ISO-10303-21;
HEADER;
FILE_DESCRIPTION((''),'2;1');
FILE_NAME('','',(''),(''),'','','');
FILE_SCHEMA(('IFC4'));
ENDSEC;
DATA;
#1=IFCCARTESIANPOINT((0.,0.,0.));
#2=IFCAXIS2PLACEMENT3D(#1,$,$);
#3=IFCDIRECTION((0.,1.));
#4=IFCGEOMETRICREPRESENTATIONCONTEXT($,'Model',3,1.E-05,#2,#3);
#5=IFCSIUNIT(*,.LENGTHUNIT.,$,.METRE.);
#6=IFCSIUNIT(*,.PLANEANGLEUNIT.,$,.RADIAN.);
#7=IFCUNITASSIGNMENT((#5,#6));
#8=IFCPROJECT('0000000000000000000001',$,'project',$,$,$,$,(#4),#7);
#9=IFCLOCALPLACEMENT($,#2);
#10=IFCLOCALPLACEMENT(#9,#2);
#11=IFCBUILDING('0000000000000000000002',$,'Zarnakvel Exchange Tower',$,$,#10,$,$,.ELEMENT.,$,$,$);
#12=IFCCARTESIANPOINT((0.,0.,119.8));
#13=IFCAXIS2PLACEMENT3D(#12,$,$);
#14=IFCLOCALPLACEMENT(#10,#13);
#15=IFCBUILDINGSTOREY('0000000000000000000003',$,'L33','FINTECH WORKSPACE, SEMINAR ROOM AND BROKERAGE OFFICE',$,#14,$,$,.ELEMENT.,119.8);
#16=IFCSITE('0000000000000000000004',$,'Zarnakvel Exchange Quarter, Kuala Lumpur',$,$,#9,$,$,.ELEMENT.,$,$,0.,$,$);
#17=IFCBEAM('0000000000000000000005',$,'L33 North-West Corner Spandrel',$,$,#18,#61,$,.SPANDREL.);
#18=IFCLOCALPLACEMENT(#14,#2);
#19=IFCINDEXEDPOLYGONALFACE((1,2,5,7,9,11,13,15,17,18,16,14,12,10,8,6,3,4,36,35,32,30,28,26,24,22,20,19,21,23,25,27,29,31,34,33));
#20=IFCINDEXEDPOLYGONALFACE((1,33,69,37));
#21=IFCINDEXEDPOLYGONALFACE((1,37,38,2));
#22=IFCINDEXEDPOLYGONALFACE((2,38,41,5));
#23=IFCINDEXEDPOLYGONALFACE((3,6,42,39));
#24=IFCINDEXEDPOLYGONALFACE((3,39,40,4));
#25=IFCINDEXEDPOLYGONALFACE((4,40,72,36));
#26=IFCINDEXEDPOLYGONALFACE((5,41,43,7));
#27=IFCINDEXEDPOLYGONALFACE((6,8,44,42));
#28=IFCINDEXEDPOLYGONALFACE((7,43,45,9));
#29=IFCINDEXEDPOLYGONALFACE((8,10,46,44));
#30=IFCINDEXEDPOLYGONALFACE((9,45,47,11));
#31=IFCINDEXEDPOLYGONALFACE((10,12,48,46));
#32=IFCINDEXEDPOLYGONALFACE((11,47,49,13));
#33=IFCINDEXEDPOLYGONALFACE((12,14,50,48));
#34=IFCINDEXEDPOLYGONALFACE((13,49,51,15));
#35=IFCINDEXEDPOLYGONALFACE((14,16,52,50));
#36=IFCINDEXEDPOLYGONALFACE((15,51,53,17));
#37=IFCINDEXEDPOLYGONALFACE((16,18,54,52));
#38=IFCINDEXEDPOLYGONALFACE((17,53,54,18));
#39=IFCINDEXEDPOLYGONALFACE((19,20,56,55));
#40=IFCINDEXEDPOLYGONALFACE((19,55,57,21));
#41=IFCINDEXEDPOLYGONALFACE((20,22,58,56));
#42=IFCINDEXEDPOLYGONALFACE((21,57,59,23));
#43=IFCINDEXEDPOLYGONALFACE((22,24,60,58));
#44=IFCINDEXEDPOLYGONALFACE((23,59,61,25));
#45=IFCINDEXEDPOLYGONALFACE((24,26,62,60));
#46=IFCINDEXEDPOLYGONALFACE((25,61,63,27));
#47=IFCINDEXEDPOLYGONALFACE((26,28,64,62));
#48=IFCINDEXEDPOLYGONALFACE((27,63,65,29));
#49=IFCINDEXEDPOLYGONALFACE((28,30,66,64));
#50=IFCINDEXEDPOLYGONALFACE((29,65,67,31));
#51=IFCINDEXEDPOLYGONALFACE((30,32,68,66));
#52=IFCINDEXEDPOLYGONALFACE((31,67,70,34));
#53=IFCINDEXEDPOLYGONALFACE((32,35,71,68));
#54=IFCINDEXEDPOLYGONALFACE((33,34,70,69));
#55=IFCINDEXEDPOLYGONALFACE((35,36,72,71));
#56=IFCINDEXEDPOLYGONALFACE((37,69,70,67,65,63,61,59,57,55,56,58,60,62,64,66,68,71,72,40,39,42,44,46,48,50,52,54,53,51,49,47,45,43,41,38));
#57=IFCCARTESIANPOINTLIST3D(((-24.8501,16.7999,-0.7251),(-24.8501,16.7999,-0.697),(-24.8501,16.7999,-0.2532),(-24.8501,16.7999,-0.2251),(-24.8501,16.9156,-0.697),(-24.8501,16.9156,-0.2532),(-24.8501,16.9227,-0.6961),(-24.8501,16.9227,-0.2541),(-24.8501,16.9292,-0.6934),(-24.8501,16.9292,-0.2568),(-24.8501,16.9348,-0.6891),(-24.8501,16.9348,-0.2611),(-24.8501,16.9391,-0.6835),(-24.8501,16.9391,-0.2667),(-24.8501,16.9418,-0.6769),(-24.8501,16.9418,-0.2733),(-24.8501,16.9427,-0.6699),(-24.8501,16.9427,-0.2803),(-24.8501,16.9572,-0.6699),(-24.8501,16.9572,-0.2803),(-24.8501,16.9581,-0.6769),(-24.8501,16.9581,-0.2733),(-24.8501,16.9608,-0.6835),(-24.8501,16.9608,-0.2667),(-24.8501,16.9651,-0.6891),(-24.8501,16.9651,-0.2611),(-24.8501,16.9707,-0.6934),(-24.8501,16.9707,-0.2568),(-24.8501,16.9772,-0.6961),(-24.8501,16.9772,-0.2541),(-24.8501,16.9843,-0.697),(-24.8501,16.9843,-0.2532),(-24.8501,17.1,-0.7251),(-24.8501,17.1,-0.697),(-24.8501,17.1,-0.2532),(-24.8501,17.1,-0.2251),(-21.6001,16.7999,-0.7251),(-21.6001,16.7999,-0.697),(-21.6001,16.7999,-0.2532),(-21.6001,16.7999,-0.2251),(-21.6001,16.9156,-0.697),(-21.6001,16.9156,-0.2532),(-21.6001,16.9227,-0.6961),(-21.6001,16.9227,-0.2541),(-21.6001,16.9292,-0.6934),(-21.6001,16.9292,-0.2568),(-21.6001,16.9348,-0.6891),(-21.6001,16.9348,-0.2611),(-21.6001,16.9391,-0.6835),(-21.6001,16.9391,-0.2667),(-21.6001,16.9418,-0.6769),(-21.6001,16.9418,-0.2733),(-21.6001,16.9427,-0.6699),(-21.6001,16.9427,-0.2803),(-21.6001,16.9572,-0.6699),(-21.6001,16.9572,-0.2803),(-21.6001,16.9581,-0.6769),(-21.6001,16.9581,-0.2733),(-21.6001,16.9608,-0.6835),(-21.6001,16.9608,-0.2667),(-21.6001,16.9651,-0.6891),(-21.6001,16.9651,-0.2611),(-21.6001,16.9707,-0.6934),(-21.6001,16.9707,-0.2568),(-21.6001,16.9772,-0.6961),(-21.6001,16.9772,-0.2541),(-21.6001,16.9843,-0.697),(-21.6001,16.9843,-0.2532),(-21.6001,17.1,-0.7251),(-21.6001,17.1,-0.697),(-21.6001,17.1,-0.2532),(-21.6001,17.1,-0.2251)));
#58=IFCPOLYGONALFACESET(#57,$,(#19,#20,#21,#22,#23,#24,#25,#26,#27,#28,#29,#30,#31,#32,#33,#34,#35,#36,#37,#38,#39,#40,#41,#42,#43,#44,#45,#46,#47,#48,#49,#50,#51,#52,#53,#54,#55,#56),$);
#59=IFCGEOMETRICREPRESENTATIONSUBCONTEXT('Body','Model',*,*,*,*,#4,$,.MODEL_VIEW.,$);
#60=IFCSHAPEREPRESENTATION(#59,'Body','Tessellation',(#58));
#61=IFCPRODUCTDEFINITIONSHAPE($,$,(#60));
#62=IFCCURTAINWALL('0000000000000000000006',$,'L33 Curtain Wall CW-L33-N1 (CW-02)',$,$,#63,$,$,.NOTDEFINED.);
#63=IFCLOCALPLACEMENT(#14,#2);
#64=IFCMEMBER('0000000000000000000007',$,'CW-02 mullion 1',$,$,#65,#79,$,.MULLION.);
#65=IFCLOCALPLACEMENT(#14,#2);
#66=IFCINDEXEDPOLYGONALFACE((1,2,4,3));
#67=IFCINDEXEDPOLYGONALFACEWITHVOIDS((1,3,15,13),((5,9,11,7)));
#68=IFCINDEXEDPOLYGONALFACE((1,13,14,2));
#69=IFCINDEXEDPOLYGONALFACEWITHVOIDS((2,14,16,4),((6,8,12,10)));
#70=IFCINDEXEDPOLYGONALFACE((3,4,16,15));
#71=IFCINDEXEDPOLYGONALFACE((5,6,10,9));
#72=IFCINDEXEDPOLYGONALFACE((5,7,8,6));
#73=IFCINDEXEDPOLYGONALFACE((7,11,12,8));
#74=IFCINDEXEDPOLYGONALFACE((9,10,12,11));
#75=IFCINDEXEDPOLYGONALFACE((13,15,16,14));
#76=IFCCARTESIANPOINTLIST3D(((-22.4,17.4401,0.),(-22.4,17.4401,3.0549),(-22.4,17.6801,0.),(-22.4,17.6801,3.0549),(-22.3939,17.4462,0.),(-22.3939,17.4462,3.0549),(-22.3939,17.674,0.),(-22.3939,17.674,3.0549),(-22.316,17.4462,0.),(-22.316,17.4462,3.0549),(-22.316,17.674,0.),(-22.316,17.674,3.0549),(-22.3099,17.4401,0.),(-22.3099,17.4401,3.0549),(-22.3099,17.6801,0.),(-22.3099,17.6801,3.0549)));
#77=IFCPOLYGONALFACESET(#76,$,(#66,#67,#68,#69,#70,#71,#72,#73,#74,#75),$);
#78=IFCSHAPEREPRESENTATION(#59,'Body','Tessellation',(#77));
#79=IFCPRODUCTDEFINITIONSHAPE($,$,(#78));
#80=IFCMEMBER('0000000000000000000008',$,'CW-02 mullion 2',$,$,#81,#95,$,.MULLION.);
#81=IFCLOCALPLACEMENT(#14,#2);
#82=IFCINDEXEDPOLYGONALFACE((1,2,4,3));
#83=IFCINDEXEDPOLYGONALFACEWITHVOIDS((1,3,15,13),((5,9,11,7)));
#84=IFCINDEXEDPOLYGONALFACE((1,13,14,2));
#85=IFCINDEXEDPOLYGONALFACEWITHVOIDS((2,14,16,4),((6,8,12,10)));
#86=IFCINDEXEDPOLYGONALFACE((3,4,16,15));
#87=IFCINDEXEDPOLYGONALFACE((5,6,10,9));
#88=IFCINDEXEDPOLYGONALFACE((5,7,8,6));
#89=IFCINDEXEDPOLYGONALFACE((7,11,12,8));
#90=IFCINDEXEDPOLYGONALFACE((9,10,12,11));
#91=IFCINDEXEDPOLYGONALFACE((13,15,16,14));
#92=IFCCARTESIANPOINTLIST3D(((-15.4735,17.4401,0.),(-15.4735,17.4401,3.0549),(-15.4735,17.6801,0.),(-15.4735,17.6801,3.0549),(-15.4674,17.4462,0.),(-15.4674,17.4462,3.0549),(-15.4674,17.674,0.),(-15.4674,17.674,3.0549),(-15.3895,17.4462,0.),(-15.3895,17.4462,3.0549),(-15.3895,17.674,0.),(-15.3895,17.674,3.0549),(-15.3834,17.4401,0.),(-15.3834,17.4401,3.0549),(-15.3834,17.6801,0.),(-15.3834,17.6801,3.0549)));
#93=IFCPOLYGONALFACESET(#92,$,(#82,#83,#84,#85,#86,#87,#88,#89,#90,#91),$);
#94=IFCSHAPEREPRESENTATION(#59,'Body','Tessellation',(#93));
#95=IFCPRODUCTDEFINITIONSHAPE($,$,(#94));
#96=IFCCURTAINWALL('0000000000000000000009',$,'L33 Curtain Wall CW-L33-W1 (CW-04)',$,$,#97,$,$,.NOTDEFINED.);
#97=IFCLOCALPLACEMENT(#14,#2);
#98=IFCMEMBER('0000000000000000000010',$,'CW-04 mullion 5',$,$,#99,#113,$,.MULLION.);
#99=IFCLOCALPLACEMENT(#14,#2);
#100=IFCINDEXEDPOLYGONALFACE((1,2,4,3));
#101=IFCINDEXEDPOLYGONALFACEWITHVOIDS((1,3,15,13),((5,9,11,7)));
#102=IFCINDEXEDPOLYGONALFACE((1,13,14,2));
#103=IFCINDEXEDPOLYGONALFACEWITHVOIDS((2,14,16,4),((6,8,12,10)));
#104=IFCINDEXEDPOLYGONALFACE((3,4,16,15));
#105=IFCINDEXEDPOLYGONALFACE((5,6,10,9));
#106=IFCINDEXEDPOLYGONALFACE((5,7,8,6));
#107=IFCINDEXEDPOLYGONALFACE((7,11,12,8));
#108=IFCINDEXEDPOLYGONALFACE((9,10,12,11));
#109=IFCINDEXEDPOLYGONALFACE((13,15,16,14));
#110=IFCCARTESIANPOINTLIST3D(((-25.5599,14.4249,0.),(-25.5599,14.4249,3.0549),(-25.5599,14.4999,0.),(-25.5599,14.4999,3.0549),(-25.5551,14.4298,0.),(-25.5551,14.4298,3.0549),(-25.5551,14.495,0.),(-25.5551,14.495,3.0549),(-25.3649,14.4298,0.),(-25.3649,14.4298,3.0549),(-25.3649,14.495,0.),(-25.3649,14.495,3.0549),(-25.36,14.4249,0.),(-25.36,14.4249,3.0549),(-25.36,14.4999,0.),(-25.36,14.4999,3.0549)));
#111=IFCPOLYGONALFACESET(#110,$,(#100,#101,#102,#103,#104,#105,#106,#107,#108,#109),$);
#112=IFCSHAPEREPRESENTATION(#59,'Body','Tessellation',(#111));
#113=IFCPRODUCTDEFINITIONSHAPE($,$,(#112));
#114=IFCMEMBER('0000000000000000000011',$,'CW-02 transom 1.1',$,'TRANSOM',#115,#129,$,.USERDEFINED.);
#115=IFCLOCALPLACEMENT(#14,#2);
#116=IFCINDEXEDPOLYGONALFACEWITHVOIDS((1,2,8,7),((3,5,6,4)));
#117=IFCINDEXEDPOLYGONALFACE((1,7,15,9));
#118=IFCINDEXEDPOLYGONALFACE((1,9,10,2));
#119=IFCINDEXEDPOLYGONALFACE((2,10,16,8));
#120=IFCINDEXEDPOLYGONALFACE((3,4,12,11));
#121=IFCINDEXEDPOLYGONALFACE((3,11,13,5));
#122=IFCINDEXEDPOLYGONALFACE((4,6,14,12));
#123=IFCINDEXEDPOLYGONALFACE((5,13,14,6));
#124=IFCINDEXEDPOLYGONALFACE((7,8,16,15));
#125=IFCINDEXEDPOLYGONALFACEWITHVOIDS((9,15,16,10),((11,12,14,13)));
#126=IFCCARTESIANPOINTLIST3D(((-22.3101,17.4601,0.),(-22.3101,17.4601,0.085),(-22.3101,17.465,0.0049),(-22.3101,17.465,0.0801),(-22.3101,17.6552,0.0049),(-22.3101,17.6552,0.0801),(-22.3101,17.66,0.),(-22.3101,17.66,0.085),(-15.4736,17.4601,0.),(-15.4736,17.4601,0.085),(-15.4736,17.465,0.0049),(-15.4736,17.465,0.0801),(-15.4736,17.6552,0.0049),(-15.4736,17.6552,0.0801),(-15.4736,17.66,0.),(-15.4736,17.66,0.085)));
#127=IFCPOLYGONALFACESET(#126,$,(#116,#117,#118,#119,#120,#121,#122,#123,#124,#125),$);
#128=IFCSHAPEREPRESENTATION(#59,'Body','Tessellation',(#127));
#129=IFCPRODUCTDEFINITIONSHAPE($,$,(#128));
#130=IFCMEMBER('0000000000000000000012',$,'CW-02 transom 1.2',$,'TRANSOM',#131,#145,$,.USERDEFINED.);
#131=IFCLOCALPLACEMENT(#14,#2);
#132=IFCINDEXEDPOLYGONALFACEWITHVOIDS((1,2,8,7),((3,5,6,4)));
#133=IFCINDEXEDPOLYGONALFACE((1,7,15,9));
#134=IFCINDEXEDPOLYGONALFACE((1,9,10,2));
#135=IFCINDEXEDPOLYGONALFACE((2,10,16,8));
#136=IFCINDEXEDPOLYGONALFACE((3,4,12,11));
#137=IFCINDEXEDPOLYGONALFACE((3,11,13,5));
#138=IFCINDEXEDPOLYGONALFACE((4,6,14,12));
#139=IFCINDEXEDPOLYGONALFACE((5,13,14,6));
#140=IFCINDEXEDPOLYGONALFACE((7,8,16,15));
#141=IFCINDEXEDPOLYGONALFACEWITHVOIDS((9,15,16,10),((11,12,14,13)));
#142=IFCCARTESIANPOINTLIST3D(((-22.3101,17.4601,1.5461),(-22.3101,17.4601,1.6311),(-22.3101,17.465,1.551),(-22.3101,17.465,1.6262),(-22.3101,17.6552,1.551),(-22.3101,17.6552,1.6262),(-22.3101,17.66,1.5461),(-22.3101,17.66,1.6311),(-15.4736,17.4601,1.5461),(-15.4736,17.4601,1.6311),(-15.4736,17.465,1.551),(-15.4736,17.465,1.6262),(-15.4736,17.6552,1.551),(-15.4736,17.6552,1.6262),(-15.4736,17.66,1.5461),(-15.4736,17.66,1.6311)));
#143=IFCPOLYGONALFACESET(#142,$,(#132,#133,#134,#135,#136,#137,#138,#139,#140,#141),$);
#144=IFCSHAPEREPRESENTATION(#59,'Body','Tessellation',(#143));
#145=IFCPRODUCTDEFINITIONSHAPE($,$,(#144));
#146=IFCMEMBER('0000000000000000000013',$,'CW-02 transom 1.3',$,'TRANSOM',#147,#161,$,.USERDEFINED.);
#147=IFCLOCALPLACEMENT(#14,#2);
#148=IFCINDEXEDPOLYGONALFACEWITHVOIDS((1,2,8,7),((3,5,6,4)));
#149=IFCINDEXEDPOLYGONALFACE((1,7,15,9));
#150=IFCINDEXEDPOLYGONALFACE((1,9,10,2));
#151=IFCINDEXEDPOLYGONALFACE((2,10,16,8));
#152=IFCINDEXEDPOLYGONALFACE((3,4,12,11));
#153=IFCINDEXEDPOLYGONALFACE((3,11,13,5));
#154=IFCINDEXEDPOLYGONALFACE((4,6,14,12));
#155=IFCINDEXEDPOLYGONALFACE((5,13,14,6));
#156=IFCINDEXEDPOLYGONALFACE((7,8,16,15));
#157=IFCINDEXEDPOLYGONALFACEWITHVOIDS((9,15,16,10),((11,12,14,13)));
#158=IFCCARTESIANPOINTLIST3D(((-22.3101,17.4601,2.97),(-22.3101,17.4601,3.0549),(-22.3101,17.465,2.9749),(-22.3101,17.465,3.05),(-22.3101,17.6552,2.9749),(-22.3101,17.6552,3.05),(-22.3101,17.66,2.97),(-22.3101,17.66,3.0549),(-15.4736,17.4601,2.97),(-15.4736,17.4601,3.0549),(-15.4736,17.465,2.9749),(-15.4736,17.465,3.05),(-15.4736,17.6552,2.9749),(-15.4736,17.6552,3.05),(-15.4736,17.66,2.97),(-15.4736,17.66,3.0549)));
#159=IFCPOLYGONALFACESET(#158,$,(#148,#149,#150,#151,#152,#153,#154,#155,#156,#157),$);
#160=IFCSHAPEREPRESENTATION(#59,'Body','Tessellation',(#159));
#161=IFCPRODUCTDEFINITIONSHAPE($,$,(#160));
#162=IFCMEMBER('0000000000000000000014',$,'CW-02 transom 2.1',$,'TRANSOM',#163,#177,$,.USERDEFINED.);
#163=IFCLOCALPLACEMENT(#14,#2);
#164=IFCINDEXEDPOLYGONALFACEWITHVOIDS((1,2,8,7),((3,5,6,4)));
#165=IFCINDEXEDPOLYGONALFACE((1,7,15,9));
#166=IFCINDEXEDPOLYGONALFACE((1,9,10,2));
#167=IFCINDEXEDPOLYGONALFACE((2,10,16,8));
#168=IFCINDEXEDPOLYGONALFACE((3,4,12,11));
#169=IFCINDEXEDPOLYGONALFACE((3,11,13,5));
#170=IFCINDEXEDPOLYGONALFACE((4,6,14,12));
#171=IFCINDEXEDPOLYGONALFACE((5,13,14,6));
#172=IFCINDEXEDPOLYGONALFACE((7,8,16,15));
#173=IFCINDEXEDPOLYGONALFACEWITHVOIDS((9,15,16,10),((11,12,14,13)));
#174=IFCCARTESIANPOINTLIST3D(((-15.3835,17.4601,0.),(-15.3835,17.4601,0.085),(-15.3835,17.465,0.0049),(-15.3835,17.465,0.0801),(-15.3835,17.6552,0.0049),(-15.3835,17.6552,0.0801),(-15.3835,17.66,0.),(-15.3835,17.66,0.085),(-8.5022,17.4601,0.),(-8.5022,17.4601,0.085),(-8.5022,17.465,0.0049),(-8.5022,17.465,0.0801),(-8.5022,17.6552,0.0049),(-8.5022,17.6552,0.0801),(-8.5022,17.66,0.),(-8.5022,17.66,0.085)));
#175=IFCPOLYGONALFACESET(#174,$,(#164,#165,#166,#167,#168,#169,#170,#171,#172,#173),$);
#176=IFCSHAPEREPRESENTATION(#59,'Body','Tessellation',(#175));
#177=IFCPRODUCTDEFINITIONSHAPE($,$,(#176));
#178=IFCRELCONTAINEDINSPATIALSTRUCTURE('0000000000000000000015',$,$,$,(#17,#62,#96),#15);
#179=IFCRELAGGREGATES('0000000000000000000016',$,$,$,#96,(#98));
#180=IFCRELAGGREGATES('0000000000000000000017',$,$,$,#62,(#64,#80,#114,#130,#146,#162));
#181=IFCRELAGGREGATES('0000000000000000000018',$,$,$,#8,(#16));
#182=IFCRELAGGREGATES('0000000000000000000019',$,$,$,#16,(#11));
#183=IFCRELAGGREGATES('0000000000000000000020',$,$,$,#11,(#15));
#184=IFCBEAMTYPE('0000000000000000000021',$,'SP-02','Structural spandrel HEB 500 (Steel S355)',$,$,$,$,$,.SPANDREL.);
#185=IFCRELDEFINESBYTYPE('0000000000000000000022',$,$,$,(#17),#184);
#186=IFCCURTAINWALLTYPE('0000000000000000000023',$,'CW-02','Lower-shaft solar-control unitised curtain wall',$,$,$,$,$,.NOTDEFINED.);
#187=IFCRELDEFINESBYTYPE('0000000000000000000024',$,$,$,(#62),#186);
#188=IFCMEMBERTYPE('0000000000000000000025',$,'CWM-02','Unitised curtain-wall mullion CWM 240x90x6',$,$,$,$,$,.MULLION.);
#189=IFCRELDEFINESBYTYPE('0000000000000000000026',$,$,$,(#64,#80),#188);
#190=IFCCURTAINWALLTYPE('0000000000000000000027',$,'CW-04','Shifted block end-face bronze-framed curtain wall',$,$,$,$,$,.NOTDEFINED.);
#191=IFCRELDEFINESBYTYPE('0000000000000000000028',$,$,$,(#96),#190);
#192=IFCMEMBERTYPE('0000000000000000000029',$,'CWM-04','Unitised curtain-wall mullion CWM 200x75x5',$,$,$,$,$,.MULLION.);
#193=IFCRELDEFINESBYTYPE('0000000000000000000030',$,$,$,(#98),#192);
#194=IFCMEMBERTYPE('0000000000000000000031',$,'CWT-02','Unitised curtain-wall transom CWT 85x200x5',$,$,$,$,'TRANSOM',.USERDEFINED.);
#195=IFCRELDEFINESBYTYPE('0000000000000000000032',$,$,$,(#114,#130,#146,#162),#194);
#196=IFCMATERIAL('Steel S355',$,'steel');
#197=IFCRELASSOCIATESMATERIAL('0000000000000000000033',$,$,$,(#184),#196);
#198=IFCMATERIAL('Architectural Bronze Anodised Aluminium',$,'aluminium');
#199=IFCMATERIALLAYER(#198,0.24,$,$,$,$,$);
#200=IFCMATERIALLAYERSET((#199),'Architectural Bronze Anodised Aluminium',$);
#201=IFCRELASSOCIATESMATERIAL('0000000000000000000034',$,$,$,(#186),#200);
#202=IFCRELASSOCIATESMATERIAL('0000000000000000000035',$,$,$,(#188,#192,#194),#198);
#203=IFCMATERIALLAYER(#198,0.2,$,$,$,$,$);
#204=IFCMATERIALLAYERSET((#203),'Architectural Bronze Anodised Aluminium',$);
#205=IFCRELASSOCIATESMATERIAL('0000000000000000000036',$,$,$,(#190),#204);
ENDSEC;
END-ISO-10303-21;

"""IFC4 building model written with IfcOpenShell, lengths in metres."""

from ifc_helpers import new_model, si_unit, direction, frame, origin, origin_2d, place, context, subcontext, project, spatial, hollow_rectangle, i_section, extrude, source, transform, mapped, material, layer, layer_set, material_profile, profile_set, type_object, element, aggregate, save


model = new_model("IFC4")

# Units and contexts
model_context = context("Model", 3, precision=1e-05, world=origin(), true_north=direction((0.0, 1.0)))
body_context = subcontext(model_context, "Body", "Model", "MODEL_VIEW")
ifc_project = project(units=[si_unit("LENGTHUNIT", "METRE"), si_unit("PLANEANGLEUNIT", "RADIAN")], contexts=[model_context])

# Site, building, storey
site_placement = place(None, origin())
site = spatial("IfcSite", under=ifc_project, at=site_placement, Name="Zarnakvel Exchange Quarter, Kuala Lumpur", CompositionType="ELEMENT", RefElevation=0.0)
building_placement = place(site_placement, origin())
building = spatial("IfcBuilding", under=site, at=building_placement, Name="Zarnakvel Exchange Tower", CompositionType="ELEMENT")
storey_placement = place(building_placement, frame((0.0, 0.0, 119.8)))
storey = spatial("IfcBuildingStorey", under=building, at=storey_placement, Name="L33", Description="FINTECH WORKSPACE, SEMINAR ROOM AND BROKERAGE OFFICE", CompositionType="ELEMENT", Elevation=119.8)

# Beam
ifc_material_1 = material(Name="Steel S355", Category="steel")
ifc_material_profile_1 = material_profile(ifc_material_1, i_section(OverallWidth=0.3, OverallDepth=0.5, WebThickness=0.0144, FlangeThickness=0.0281, FilletRadius=0.0271, at=origin_2d()))
ifc_profile_set_1 = profile_set([ifc_material_profile_1], Name="Steel S355")
beam_type_1 = type_object("IfcBeamType", Name="SP-02", Description="Structural spandrel HEB 500 (Steel S355)", PredefinedType="SPANDREL", material=ifc_profile_set_1)
beam_1_placement = place(storey_placement, frame((-24.8501, 16.95, -0.4751), z_axis=(1.0, 0.0, 0.0), x_axis=(0.0, 1.0, 0.0)))
element("IfcBeam", 1, at=beam_1_placement, inside=storey, type_object=beam_type_1, Name="L33 North-West Corner Spandrel", PredefinedType="SPANDREL", context=body_context, shape_type="SweptSolid", body=[
    extrude(i_section(OverallWidth=0.3, OverallDepth=0.5, WebThickness=0.0144, FlangeThickness=0.0281, FilletRadius=0.0271, at=origin_2d()), origin(), (0.0, 0.0, 1.0), 3.25),
])

# Curtain wall, members
ifc_material_2 = material(Name="Architectural Bronze Anodised Aluminium", Category="aluminium")
ifc_layer_1 = layer(ifc_material_2, 0.24)
ifc_layer_set_1 = layer_set([ifc_layer_1], Name="Architectural Bronze Anodised Aluminium")
curtain_wall_type_1 = type_object("IfcCurtainWallType", Name="CW-02", Description="Lower-shaft solar-control unitised curtain wall", PredefinedType="NOTDEFINED", material=ifc_layer_set_1)
curtain_wall_1_placement = place(storey_placement, origin())
curtain_wall_1 = element("IfcCurtainWall", 2, at=curtain_wall_1_placement, inside=storey, type_object=curtain_wall_type_1, Name="L33 Curtain Wall CW-L33-N1 (CW-02)", PredefinedType="NOTDEFINED")
ifc_material_profile_2 = material_profile(ifc_material_2, hollow_rectangle(XDim=0.24, YDim=0.0901, WallThickness=0.0061, at=origin_2d()))
ifc_profile_set_2 = profile_set([ifc_material_profile_2], Name="Architectural Bronze Anodised Aluminium")
member_type_1 = type_object("IfcMemberType", Name="CWM-02", Description="Unitised curtain-wall mullion CWM 240x90x6", PredefinedType="MULLION", material=ifc_profile_set_2)
shared_shape_1 = source(origin(), body_context, "Body", "SweptSolid", [
    extrude(hollow_rectangle(XDim=0.24, YDim=0.0901, WallThickness=0.0061, at=origin_2d()), origin(), (0.0, 0.0, 1.0), 3.0549),
])
member_1_placement = place(storey_placement, frame((-22.355, 17.5601, 0.0), z_axis=(0.0, 0.0, 1.0), x_axis=(0.0, 1.0, 0.0)))
member_1 = element("IfcMember", 3, at=member_1_placement, type_object=member_type_1, Name="CW-02 mullion 1", PredefinedType="MULLION", context=body_context, shape_type="MappedRepresentation", body=[
    mapped(shared_shape_1, transform((0.0, 0.0, 0.0), x_axis=(1.0, 0.0, 0.0), y_axis=(0.0, 1.0, 0.0), z_axis=(0.0, 0.0, 1.0), scale=1.0)),
])
member_2_placement = place(storey_placement, frame((-15.4285, 17.5601, 0.0), z_axis=(0.0, 0.0, 1.0), x_axis=(0.0, 1.0, 0.0)))
member_2 = element("IfcMember", 4, at=member_2_placement, type_object=member_type_1, Name="CW-02 mullion 2", PredefinedType="MULLION", context=body_context, shape_type="MappedRepresentation", body=[
    mapped(shared_shape_1, transform((0.0, 0.0, 0.0), x_axis=(1.0, 0.0, 0.0), y_axis=(0.0, 1.0, 0.0), z_axis=(0.0, 0.0, 1.0), scale=1.0)),
])

# Curtain wall, member
ifc_layer_2 = layer(ifc_material_2, 0.2)
ifc_layer_set_2 = layer_set([ifc_layer_2], Name="Architectural Bronze Anodised Aluminium")
curtain_wall_type_2 = type_object("IfcCurtainWallType", Name="CW-04", Description="Shifted block end-face bronze-framed curtain wall", PredefinedType="NOTDEFINED", material=ifc_layer_set_2)
curtain_wall_2_placement = place(storey_placement, origin())
curtain_wall_2 = element("IfcCurtainWall", 5, at=curtain_wall_2_placement, inside=storey, type_object=curtain_wall_type_2, Name="L33 Curtain Wall CW-L33-W1 (CW-04)", PredefinedType="NOTDEFINED")
ifc_material_profile_3 = material_profile(ifc_material_2, hollow_rectangle(XDim=0.2, YDim=0.075, WallThickness=0.0049, at=origin_2d()))
ifc_profile_set_3 = profile_set([ifc_material_profile_3], Name="Architectural Bronze Anodised Aluminium")
member_type_2 = type_object("IfcMemberType", Name="CWM-04", Description="Unitised curtain-wall mullion CWM 200x75x5", PredefinedType="MULLION", material=ifc_profile_set_3)
shared_shape_2 = source(origin(), body_context, "Body", "SweptSolid", [
    extrude(hollow_rectangle(XDim=0.2, YDim=0.075, WallThickness=0.0049, at=origin_2d()), origin(), (0.0, 0.0, 1.0), 3.0549),
])
member_3_placement = place(storey_placement, frame((-25.46, 14.4624, 0.0), z_axis=(0.0, 0.0, 1.0), x_axis=(-1.0, 0.0, 0.0)))
member_3 = element("IfcMember", 6, at=member_3_placement, type_object=member_type_2, Name="CW-04 mullion 5", PredefinedType="MULLION", context=body_context, shape_type="MappedRepresentation", body=[
    mapped(shared_shape_2, transform((0.0, 0.0, 0.0), x_axis=(1.0, 0.0, 0.0), y_axis=(0.0, 1.0, 0.0), z_axis=(0.0, 0.0, 1.0), scale=1.0)),
])
aggregate(curtain_wall_2, [member_3])

# Members
ifc_material_profile_4 = material_profile(ifc_material_2, hollow_rectangle(XDim=0.2, YDim=0.085, WallThickness=0.0049, at=origin_2d()))
ifc_profile_set_4 = profile_set([ifc_material_profile_4], Name="Architectural Bronze Anodised Aluminium")
member_type_3 = type_object("IfcMemberType", Name="CWT-02", Description="Unitised curtain-wall transom CWT 85x200x5", ElementType="TRANSOM", PredefinedType="USERDEFINED", material=ifc_profile_set_4)
shared_shape_3 = source(origin(), body_context, "Body", "SweptSolid", [
    extrude(hollow_rectangle(XDim=0.2, YDim=0.085, WallThickness=0.0049, at=origin_2d()), origin(), (0.0, 0.0, 1.0), 6.8364),
])
member_4_placement = place(storey_placement, frame((-22.3101, 17.5601, 0.0425), z_axis=(1.0, 0.0, 0.0), x_axis=(0.0, 1.0, 0.0)))
member_4 = element("IfcMember", 7, at=member_4_placement, type_object=member_type_3, Name="CW-02 transom 1.1", ObjectType="TRANSOM", PredefinedType="USERDEFINED", context=body_context, shape_type="MappedRepresentation", body=[
    mapped(shared_shape_3, transform((0.0, 0.0, 0.0), x_axis=(1.0, 0.0, 0.0), y_axis=(0.0, 1.0, 0.0), z_axis=(0.0, 0.0, 1.0), scale=1.0)),
])
member_5_placement = place(storey_placement, frame((-22.3101, 17.5601, 1.5886), z_axis=(1.0, 0.0, 0.0), x_axis=(0.0, 1.0, 0.0)))
member_5 = element("IfcMember", 8, at=member_5_placement, type_object=member_type_3, Name="CW-02 transom 1.2", ObjectType="TRANSOM", PredefinedType="USERDEFINED", context=body_context, shape_type="MappedRepresentation", body=[
    mapped(shared_shape_3, transform((0.0, 0.0, 0.0), x_axis=(1.0, 0.0, 0.0), y_axis=(0.0, 1.0, 0.0), z_axis=(0.0, 0.0, 1.0), scale=1.0)),
])
member_6_placement = place(storey_placement, frame((-22.3101, 17.5601, 3.0125), z_axis=(1.0, 0.0, 0.0), x_axis=(0.0, 1.0, 0.0)))
member_6 = element("IfcMember", 9, at=member_6_placement, type_object=member_type_3, Name="CW-02 transom 1.3", ObjectType="TRANSOM", PredefinedType="USERDEFINED", context=body_context, shape_type="MappedRepresentation", body=[
    mapped(shared_shape_3, transform((0.0, 0.0, 0.0), x_axis=(1.0, 0.0, 0.0), y_axis=(0.0, 1.0, 0.0), z_axis=(0.0, 0.0, 1.0), scale=1.0)),
])
shared_shape_4 = source(origin(), body_context, "Body", "SweptSolid", [
    extrude(hollow_rectangle(XDim=0.2, YDim=0.085, WallThickness=0.0049, at=origin_2d()), origin(), (0.0, 0.0, 1.0), 6.8813),
])
member_7_placement = place(storey_placement, frame((-15.3835, 17.5601, 0.0425), z_axis=(1.0, 0.0, 0.0), x_axis=(0.0, 1.0, 0.0)))
member_7 = element("IfcMember", 10, at=member_7_placement, type_object=member_type_3, Name="CW-02 transom 2.1", ObjectType="TRANSOM", PredefinedType="USERDEFINED", context=body_context, shape_type="MappedRepresentation", body=[
    mapped(shared_shape_4, transform((0.0, 0.0, 0.0), x_axis=(1.0, 0.0, 0.0), y_axis=(0.0, 1.0, 0.0), z_axis=(0.0, 0.0, 1.0), scale=1.0)),
])

aggregate(curtain_wall_1, [member_1, member_2, member_4, member_5, member_6, member_7])

save(model, "model.ifc")
